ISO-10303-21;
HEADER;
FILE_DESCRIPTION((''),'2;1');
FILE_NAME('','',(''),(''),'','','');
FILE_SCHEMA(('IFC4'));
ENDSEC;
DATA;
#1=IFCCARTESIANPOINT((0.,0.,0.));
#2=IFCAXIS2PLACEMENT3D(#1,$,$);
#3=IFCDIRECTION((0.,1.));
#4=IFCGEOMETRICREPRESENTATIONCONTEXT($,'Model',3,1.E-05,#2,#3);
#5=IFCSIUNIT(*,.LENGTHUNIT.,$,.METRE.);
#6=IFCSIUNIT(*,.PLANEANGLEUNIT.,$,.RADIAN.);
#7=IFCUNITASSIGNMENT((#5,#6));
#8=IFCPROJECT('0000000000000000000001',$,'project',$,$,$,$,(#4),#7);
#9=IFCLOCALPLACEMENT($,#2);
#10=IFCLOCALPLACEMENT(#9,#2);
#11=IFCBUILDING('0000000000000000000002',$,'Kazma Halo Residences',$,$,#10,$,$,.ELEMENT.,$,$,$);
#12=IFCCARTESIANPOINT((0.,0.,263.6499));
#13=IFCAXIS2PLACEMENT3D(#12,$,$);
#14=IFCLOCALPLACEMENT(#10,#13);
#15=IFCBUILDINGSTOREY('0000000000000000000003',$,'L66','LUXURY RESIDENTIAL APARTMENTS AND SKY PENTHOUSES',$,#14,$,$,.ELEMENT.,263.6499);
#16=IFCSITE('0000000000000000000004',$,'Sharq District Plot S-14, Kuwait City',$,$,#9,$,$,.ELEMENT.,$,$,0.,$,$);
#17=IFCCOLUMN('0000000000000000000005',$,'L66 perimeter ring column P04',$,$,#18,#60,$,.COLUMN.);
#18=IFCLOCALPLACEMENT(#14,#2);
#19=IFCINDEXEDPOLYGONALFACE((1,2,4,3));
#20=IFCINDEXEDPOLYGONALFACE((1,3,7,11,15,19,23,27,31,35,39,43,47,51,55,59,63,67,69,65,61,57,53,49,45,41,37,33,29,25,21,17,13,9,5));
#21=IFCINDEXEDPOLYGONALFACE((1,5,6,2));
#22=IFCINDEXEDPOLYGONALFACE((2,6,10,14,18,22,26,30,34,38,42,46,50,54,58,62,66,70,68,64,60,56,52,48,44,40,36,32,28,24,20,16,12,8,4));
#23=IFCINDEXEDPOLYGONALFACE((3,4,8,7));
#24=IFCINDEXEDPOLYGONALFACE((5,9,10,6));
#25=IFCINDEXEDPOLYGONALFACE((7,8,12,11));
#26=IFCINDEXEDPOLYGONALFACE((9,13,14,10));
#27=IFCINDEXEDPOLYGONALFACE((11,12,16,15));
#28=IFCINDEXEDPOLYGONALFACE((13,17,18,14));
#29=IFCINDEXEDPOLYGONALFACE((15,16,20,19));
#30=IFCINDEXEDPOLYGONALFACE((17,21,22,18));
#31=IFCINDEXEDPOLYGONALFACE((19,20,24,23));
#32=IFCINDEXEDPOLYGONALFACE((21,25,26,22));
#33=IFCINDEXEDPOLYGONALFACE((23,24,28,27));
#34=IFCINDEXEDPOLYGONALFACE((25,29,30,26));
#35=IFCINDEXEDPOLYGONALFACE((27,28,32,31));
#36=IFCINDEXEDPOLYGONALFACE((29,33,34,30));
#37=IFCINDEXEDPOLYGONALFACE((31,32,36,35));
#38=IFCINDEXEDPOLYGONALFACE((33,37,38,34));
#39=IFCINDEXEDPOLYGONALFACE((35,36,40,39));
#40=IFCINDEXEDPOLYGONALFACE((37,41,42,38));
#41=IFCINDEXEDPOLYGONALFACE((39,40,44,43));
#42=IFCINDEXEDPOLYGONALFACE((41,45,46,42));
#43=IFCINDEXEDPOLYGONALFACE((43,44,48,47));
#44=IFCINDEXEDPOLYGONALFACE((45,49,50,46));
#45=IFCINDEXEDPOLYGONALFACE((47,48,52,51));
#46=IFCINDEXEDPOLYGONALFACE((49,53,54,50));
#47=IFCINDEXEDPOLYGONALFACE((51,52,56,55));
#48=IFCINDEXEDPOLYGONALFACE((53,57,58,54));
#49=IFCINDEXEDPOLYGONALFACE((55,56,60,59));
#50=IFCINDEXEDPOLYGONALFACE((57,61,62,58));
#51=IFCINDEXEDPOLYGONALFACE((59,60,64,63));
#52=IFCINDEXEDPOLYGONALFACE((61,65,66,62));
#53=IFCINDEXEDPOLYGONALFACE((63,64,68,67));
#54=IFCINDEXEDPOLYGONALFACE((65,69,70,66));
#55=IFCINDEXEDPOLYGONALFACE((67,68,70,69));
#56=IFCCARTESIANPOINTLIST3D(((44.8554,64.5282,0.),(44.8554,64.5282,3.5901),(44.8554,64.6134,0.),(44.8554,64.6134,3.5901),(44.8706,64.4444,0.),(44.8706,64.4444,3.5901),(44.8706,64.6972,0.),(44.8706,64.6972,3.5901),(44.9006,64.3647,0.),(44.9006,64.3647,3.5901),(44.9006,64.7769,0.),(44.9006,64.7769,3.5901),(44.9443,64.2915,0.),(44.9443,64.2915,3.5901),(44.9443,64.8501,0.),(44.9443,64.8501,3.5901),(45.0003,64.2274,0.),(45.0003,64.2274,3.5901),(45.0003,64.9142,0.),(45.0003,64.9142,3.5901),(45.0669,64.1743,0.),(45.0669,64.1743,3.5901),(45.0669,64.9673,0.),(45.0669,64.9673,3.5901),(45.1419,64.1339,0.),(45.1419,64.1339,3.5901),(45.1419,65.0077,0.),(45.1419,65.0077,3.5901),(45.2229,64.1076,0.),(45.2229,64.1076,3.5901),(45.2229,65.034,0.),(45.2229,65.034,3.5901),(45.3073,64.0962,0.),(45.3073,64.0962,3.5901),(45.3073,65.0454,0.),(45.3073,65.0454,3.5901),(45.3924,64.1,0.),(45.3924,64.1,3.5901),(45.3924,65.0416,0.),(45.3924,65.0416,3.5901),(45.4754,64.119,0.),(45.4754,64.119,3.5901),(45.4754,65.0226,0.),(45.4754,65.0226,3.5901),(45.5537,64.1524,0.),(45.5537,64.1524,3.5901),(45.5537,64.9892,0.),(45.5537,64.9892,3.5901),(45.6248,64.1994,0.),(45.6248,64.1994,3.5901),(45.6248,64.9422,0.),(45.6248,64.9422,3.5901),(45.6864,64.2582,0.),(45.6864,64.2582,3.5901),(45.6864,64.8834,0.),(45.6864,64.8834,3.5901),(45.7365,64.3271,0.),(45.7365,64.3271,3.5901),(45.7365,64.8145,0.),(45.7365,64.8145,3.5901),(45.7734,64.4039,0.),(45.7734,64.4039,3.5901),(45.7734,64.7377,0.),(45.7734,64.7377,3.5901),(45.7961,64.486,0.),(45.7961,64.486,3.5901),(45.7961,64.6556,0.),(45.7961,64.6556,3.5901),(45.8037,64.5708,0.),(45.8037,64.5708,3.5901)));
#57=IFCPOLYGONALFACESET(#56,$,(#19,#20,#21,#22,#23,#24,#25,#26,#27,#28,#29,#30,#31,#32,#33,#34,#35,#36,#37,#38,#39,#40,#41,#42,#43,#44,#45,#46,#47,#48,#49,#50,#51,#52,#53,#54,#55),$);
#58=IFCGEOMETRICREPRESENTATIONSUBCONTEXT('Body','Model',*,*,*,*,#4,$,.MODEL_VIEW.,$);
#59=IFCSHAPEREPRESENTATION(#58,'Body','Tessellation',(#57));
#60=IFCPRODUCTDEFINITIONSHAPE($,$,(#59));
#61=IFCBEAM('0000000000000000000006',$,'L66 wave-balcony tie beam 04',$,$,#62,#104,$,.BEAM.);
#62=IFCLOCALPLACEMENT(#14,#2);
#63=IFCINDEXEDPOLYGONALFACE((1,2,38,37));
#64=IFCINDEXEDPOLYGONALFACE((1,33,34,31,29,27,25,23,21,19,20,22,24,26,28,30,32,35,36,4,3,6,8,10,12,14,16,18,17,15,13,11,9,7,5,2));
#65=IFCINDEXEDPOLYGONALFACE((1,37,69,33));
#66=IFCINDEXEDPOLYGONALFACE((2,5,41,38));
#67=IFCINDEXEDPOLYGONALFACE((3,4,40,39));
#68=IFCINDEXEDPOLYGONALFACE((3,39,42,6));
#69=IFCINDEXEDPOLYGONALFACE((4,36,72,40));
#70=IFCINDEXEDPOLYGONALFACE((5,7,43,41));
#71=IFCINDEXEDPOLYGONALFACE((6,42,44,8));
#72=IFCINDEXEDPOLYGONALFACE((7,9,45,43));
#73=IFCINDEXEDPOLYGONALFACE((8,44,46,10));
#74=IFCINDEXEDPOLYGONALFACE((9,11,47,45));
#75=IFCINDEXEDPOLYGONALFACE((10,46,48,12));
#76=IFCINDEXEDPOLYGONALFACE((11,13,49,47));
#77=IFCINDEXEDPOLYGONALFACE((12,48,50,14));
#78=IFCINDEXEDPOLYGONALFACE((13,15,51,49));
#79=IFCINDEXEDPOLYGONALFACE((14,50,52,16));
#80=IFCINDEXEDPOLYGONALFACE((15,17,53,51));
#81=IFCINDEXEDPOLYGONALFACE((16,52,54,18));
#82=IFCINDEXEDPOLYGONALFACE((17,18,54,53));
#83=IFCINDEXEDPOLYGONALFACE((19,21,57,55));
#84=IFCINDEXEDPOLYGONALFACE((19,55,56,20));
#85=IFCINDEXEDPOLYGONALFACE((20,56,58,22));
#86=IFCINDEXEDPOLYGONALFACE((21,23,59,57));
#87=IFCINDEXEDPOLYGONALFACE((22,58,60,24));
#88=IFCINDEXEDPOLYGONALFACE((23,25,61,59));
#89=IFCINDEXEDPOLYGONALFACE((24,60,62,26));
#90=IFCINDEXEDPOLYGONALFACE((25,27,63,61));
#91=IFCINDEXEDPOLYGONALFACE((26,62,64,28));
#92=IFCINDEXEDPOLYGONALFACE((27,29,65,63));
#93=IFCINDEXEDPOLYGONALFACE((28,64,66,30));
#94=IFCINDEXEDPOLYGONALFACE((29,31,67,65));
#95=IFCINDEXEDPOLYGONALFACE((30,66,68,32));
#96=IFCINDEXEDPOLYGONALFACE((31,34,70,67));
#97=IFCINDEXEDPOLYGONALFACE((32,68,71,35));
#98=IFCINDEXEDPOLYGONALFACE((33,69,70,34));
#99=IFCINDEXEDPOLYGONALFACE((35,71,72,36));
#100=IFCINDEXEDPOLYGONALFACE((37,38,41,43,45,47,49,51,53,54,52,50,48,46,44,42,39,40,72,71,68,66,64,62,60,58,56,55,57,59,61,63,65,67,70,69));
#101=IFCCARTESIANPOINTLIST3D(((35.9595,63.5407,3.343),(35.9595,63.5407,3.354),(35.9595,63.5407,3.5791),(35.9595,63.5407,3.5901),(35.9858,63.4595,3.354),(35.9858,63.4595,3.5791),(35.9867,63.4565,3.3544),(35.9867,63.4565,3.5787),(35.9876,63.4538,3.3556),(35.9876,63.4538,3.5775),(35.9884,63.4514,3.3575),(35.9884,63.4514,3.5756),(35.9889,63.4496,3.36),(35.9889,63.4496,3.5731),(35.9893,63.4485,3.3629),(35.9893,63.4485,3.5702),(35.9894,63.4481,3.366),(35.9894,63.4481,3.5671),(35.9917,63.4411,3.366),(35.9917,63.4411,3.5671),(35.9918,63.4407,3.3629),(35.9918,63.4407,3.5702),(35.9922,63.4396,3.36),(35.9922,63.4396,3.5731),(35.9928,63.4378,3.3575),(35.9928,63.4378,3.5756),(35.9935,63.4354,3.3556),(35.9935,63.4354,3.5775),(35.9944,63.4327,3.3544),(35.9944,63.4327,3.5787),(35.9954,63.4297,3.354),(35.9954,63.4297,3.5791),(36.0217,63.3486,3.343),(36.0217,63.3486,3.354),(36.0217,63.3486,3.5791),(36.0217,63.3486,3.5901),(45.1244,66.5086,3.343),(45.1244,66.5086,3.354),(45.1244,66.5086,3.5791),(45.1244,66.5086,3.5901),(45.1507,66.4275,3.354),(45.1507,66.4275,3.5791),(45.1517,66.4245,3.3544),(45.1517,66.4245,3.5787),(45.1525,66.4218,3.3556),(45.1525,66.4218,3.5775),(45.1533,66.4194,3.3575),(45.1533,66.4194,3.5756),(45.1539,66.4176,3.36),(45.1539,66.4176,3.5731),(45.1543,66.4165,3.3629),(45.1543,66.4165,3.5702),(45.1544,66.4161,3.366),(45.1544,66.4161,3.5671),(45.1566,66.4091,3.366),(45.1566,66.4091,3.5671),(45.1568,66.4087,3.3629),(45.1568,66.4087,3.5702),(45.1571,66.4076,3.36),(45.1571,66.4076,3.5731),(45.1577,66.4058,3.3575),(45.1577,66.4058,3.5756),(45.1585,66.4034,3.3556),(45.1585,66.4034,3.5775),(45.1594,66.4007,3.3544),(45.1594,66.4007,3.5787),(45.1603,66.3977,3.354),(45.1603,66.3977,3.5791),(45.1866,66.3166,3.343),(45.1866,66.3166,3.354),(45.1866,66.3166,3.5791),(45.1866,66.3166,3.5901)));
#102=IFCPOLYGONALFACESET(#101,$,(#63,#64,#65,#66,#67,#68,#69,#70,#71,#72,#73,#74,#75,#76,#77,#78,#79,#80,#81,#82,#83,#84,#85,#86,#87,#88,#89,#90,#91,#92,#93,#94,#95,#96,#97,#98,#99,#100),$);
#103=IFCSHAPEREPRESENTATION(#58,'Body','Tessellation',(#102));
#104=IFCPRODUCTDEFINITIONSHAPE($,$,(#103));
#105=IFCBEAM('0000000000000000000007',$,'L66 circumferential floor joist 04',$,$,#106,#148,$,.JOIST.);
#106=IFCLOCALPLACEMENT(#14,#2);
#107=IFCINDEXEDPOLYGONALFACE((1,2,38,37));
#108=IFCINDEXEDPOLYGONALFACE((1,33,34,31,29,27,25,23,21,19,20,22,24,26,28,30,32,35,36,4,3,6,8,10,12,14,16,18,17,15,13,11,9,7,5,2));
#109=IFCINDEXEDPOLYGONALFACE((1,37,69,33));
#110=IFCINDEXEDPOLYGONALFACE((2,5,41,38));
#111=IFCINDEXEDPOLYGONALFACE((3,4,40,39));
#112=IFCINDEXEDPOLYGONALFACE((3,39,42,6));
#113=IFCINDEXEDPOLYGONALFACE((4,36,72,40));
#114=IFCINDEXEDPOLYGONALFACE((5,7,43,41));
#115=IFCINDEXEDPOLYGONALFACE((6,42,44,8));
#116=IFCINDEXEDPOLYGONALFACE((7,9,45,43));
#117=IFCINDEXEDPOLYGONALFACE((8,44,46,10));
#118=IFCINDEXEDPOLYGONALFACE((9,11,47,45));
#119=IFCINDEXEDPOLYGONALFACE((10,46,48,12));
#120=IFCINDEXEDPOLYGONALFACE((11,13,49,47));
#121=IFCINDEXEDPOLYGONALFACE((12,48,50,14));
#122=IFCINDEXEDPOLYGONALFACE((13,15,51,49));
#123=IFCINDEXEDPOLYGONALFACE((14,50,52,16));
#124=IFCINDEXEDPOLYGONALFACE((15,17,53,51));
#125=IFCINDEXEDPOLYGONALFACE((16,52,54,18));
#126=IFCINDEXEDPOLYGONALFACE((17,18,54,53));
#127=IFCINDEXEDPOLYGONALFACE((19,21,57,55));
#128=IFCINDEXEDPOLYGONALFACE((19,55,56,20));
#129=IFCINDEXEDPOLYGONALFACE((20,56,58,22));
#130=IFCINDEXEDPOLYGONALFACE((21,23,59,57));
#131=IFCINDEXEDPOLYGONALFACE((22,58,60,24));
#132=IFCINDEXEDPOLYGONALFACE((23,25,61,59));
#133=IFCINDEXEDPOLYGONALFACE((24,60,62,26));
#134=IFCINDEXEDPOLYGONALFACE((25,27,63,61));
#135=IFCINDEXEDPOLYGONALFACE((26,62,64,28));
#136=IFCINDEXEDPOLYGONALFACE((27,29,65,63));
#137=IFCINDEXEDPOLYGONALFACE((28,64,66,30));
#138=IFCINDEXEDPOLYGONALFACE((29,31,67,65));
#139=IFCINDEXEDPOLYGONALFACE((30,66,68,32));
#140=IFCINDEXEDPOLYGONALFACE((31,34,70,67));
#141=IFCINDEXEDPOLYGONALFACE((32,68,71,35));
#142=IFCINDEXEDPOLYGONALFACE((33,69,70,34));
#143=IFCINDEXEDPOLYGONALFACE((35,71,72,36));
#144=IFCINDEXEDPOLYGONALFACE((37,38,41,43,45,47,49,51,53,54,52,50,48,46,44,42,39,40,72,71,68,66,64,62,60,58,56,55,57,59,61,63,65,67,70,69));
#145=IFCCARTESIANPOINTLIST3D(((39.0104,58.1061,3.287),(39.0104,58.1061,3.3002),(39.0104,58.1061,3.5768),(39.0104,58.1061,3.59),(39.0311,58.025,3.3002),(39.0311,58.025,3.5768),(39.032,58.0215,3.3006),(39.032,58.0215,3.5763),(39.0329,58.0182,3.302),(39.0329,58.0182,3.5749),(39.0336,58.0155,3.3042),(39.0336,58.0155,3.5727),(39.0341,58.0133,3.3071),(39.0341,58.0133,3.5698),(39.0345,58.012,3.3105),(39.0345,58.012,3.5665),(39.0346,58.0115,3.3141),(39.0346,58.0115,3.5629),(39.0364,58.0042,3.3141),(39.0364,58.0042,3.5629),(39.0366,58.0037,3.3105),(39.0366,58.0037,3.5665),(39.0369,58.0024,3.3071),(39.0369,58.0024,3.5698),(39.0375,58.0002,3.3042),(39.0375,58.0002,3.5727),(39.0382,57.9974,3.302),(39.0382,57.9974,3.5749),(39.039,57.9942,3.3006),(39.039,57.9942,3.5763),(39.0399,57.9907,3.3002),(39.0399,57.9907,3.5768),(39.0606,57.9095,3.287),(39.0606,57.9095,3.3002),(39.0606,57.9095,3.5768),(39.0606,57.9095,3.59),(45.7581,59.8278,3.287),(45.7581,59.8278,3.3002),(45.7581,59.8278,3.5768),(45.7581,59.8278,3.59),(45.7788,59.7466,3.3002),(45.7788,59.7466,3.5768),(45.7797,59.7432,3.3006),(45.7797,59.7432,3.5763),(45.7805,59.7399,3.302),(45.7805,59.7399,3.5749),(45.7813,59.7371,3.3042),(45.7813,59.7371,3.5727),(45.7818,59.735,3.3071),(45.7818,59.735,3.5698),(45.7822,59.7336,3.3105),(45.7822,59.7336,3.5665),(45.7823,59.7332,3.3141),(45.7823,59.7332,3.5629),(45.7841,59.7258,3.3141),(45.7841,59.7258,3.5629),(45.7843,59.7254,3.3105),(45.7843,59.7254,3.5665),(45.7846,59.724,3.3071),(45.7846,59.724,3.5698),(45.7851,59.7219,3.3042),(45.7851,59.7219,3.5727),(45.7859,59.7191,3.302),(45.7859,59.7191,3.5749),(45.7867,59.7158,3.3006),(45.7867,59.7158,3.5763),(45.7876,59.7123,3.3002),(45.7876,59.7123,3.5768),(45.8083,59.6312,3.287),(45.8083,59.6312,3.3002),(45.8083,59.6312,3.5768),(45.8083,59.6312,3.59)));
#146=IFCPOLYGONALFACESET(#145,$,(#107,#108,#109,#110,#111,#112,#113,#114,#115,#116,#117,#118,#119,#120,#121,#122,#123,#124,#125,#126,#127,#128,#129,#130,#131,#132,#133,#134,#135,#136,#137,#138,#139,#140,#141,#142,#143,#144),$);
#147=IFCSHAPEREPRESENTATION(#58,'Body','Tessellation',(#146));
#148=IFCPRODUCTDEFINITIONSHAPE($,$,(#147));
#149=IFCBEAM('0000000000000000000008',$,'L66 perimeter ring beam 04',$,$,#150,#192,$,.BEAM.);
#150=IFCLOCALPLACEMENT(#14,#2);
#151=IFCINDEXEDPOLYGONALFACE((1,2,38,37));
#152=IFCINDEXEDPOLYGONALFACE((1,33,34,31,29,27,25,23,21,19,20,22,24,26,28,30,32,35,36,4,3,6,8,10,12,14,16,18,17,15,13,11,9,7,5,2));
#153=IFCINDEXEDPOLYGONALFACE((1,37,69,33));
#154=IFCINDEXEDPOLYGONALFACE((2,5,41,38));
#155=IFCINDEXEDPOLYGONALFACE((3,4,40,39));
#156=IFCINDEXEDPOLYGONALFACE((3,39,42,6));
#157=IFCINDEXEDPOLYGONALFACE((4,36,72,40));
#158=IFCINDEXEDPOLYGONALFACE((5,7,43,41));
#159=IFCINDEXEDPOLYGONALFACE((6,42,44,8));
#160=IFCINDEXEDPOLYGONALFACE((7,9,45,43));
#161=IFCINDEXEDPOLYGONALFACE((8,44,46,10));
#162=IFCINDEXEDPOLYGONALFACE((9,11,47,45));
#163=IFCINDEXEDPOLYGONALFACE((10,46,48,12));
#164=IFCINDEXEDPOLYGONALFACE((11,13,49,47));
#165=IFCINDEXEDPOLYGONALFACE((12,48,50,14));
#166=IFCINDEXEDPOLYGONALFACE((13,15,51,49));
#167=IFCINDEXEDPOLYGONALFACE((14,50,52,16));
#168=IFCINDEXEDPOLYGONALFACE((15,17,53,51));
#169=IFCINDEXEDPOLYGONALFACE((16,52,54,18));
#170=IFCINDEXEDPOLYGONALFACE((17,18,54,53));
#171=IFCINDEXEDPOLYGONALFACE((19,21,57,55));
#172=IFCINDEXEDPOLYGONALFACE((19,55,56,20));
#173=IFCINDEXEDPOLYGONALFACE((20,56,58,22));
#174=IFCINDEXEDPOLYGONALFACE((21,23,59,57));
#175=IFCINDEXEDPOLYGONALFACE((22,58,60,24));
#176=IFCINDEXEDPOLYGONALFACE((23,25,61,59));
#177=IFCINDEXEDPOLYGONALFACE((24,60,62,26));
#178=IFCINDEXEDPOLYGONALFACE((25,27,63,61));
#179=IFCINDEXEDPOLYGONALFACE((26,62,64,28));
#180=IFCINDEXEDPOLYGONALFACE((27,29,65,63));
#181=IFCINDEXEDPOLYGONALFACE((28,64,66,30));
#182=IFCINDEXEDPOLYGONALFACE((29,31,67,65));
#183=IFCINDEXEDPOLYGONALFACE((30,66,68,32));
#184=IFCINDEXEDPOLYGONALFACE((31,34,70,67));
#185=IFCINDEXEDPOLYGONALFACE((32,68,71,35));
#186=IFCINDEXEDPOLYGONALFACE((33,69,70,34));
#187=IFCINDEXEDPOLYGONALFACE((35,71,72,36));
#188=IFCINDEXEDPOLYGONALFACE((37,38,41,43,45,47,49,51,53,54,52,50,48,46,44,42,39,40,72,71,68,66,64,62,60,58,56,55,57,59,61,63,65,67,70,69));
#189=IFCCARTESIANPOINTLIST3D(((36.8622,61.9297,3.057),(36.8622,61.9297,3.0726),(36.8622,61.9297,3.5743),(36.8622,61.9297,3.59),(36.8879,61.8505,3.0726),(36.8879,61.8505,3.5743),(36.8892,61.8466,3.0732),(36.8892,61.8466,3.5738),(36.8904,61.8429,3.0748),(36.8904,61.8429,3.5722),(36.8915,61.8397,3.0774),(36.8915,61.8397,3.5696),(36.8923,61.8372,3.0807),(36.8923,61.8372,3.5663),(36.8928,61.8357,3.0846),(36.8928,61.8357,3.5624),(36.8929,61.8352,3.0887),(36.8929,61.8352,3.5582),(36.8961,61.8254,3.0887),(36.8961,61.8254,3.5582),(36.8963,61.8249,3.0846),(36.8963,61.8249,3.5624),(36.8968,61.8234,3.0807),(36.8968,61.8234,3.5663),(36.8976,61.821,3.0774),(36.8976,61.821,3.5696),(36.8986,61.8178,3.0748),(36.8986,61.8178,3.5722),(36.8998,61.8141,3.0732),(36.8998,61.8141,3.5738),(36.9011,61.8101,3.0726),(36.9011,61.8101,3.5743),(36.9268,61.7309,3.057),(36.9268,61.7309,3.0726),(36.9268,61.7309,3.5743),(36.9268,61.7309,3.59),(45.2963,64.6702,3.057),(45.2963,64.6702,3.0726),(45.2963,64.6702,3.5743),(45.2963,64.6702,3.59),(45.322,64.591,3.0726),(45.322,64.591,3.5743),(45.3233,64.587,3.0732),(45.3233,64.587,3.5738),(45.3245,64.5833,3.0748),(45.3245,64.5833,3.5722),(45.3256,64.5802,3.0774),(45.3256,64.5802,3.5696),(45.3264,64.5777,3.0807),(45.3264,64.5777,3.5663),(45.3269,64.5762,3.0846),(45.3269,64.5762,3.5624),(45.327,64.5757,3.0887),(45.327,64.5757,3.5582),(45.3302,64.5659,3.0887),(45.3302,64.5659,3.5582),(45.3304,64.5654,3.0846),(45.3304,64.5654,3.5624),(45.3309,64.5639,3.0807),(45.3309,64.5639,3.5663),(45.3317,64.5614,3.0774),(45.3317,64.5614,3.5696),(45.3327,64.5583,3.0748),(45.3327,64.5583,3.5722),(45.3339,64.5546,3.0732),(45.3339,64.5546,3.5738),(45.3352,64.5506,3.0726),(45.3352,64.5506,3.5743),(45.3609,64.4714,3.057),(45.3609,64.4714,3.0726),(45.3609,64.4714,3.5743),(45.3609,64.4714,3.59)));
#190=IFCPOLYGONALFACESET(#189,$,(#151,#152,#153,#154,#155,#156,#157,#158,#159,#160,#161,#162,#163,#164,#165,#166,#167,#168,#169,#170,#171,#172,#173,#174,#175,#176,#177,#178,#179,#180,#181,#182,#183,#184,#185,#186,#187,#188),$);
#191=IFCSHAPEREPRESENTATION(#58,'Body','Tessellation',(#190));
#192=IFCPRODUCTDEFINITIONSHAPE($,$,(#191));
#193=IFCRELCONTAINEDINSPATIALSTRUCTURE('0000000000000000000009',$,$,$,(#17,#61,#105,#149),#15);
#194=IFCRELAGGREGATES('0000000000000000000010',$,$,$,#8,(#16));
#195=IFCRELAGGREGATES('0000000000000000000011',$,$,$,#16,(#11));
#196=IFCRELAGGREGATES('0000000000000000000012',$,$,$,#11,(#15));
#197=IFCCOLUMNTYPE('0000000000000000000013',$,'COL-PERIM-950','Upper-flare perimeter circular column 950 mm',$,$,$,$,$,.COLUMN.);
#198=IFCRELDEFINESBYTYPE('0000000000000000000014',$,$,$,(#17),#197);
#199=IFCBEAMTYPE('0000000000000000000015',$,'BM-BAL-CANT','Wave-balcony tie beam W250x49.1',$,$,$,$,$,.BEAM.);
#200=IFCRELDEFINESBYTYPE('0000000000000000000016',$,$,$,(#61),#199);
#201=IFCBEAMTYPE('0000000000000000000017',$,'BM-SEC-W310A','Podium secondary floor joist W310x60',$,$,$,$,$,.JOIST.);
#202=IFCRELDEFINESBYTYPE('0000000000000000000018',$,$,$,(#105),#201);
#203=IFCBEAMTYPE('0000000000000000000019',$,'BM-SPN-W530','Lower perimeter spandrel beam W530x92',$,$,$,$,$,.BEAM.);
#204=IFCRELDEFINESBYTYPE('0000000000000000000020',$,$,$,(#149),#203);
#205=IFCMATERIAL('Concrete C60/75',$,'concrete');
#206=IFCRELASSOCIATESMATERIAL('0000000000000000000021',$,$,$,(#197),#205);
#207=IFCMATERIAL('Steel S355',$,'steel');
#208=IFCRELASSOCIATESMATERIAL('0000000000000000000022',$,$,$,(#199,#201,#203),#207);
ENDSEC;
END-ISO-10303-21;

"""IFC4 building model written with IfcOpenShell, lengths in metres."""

from ifc_helpers import new_model, si_unit, direction, frame, origin, origin_2d, place, context, subcontext, project, spatial, circle, i_section, extrude, material, material_profile, profile_set, type_object, element, save


model = new_model("IFC4")

# Units and contexts
model_context = context("Model", 3, precision=1e-05, world=origin(), true_north=direction((0.0, 1.0)))
body_context = subcontext(model_context, "Body", "Model", "MODEL_VIEW")
ifc_project = project(units=[si_unit("LENGTHUNIT", "METRE"), si_unit("PLANEANGLEUNIT", "RADIAN")], contexts=[model_context])

# Site, building, storey
site_placement = place(None, origin())
site = spatial("IfcSite", under=ifc_project, at=site_placement, Name="Sharq District Plot S-14, Kuwait City", CompositionType="ELEMENT", RefElevation=0.0)
building_placement = place(site_placement, origin())
building = spatial("IfcBuilding", under=site, at=building_placement, Name="Kazma Halo Residences", CompositionType="ELEMENT")
storey_placement = place(building_placement, frame((0.0, 0.0, 263.6499)))
storey = spatial("IfcBuildingStorey", under=building, at=storey_placement, Name="L66", Description="LUXURY RESIDENTIAL APARTMENTS AND SKY PENTHOUSES", CompositionType="ELEMENT", Elevation=263.6499)

# Column
ifc_material_1 = material(Name="Concrete C60/75", Category="concrete")
ifc_material_profile_1 = material_profile(ifc_material_1, circle(Radius=0.4751, at=origin_2d()), Name="CIRC950")
ifc_profile_set_1 = profile_set([ifc_material_profile_1], Name="Concrete C60/75")
column_type = type_object("IfcColumnType", Name="COL-PERIM-950", Description="Upper-flare perimeter circular column 950 mm", PredefinedType="COLUMN", material=ifc_profile_set_1)
column_placement = place(storey_placement, frame((45.3286, 64.5708, 0.0), z_axis=(0.0, 0.0, 1.0), x_axis=(1.0, 0.0, 0.0)))
element("IfcColumn", 1, at=column_placement, inside=storey, type_object=column_type, Name="L66 perimeter ring column P04", PredefinedType="COLUMN", context=body_context, shape_type="SweptSolid", body=[
    extrude(circle(Radius=0.4751, at=origin_2d()), origin(), (0.0, 0.0, 1.0), 3.5901),
])

# Beams
ifc_material_2 = material(Name="Steel S355", Category="steel")
ifc_material_profile_2 = material_profile(ifc_material_2, i_section(OverallWidth=0.2019, OverallDepth=0.2471, WebThickness=0.0073, FlangeThickness=0.011, FilletRadius=0.012, at=origin_2d()), Name="W250x49.1")
ifc_profile_set_2 = profile_set([ifc_material_profile_2], Name="Steel S355")
beam_type_1 = type_object("IfcBeamType", Name="BM-BAL-CANT", Description="Wave-balcony tie beam W250x49.1", PredefinedType="BEAM", material=ifc_profile_set_2)
beam_1_placement = place(storey_placement, frame((45.1555, 66.4126, 3.4666), z_axis=(-0.951358, -0.308089, 0.0), x_axis=(0.308089, -0.951358, 0.0)))
element("IfcBeam", 2, at=beam_1_placement, inside=storey, type_object=beam_type_1, Name="L66 wave-balcony tie beam 04", PredefinedType="BEAM", context=body_context, shape_type="SweptSolid", body=[
    extrude(i_section(OverallWidth=0.2019, OverallDepth=0.2471, WebThickness=0.0073, FlangeThickness=0.011, FilletRadius=0.012, at=origin_2d()), origin(), (0.0, 0.0, 1.0), 9.6335),
])
ifc_material_profile_3 = material_profile(ifc_material_2, i_section(OverallWidth=0.2029, OverallDepth=0.303, WebThickness=0.0076, FlangeThickness=0.0132, FilletRadius=0.0139, at=origin_2d()), Name="W310x60")
ifc_profile_set_3 = profile_set([ifc_material_profile_3], Name="Steel S355")
beam_type_2 = type_object("IfcBeamType", Name="BM-SEC-W310A", Description="Podium secondary floor joist W310x60", PredefinedType="JOIST", material=ifc_profile_set_3)
beam_2_placement = place(storey_placement, frame((45.7832, 59.7295, 3.4385), z_axis=(-0.968958, -0.247226, 0.0), x_axis=(0.247226, -0.968958, 0.0)))
element("IfcBeam", 3, at=beam_2_placement, inside=storey, type_object=beam_type_2, Name="L66 circumferential floor joist 04", PredefinedType="JOIST", context=body_context, shape_type="SweptSolid", body=[
    extrude(i_section(OverallWidth=0.2029, OverallDepth=0.303, WebThickness=0.0076, FlangeThickness=0.0132, FilletRadius=0.0139, at=origin_2d()), origin(), (0.0, 0.0, 1.0), 6.9639),
])
ifc_material_profile_4 = material_profile(ifc_material_2, i_section(OverallWidth=0.209, OverallDepth=0.533, WebThickness=0.0103, FlangeThickness=0.0156, FilletRadius=0.0161, at=origin_2d()), Name="W530x92")
ifc_profile_set_4 = profile_set([ifc_material_profile_4], Name="Steel S355")
beam_type_3 = type_object("IfcBeamType", Name="BM-SPN-W530", Description="Lower perimeter spandrel beam W530x92", PredefinedType="BEAM", material=ifc_profile_set_4)
beam_3_placement = place(storey_placement, frame((45.3286, 64.5708, 3.3235), z_axis=(-0.951054, -0.309025, 0.0), x_axis=(0.309025, -0.951054, 0.0)))
element("IfcBeam", 4, at=beam_3_placement, inside=storey, type_object=beam_type_3, Name="L66 perimeter ring beam 04", PredefinedType="BEAM", context=body_context, shape_type="SweptSolid", body=[
    extrude(i_section(OverallWidth=0.209, OverallDepth=0.533, WebThickness=0.0103, FlangeThickness=0.0156, FilletRadius=0.0161, at=origin_2d()), origin(), (0.0, 0.0, 1.0), 8.8682),
])

save(model, "model.ifc")
